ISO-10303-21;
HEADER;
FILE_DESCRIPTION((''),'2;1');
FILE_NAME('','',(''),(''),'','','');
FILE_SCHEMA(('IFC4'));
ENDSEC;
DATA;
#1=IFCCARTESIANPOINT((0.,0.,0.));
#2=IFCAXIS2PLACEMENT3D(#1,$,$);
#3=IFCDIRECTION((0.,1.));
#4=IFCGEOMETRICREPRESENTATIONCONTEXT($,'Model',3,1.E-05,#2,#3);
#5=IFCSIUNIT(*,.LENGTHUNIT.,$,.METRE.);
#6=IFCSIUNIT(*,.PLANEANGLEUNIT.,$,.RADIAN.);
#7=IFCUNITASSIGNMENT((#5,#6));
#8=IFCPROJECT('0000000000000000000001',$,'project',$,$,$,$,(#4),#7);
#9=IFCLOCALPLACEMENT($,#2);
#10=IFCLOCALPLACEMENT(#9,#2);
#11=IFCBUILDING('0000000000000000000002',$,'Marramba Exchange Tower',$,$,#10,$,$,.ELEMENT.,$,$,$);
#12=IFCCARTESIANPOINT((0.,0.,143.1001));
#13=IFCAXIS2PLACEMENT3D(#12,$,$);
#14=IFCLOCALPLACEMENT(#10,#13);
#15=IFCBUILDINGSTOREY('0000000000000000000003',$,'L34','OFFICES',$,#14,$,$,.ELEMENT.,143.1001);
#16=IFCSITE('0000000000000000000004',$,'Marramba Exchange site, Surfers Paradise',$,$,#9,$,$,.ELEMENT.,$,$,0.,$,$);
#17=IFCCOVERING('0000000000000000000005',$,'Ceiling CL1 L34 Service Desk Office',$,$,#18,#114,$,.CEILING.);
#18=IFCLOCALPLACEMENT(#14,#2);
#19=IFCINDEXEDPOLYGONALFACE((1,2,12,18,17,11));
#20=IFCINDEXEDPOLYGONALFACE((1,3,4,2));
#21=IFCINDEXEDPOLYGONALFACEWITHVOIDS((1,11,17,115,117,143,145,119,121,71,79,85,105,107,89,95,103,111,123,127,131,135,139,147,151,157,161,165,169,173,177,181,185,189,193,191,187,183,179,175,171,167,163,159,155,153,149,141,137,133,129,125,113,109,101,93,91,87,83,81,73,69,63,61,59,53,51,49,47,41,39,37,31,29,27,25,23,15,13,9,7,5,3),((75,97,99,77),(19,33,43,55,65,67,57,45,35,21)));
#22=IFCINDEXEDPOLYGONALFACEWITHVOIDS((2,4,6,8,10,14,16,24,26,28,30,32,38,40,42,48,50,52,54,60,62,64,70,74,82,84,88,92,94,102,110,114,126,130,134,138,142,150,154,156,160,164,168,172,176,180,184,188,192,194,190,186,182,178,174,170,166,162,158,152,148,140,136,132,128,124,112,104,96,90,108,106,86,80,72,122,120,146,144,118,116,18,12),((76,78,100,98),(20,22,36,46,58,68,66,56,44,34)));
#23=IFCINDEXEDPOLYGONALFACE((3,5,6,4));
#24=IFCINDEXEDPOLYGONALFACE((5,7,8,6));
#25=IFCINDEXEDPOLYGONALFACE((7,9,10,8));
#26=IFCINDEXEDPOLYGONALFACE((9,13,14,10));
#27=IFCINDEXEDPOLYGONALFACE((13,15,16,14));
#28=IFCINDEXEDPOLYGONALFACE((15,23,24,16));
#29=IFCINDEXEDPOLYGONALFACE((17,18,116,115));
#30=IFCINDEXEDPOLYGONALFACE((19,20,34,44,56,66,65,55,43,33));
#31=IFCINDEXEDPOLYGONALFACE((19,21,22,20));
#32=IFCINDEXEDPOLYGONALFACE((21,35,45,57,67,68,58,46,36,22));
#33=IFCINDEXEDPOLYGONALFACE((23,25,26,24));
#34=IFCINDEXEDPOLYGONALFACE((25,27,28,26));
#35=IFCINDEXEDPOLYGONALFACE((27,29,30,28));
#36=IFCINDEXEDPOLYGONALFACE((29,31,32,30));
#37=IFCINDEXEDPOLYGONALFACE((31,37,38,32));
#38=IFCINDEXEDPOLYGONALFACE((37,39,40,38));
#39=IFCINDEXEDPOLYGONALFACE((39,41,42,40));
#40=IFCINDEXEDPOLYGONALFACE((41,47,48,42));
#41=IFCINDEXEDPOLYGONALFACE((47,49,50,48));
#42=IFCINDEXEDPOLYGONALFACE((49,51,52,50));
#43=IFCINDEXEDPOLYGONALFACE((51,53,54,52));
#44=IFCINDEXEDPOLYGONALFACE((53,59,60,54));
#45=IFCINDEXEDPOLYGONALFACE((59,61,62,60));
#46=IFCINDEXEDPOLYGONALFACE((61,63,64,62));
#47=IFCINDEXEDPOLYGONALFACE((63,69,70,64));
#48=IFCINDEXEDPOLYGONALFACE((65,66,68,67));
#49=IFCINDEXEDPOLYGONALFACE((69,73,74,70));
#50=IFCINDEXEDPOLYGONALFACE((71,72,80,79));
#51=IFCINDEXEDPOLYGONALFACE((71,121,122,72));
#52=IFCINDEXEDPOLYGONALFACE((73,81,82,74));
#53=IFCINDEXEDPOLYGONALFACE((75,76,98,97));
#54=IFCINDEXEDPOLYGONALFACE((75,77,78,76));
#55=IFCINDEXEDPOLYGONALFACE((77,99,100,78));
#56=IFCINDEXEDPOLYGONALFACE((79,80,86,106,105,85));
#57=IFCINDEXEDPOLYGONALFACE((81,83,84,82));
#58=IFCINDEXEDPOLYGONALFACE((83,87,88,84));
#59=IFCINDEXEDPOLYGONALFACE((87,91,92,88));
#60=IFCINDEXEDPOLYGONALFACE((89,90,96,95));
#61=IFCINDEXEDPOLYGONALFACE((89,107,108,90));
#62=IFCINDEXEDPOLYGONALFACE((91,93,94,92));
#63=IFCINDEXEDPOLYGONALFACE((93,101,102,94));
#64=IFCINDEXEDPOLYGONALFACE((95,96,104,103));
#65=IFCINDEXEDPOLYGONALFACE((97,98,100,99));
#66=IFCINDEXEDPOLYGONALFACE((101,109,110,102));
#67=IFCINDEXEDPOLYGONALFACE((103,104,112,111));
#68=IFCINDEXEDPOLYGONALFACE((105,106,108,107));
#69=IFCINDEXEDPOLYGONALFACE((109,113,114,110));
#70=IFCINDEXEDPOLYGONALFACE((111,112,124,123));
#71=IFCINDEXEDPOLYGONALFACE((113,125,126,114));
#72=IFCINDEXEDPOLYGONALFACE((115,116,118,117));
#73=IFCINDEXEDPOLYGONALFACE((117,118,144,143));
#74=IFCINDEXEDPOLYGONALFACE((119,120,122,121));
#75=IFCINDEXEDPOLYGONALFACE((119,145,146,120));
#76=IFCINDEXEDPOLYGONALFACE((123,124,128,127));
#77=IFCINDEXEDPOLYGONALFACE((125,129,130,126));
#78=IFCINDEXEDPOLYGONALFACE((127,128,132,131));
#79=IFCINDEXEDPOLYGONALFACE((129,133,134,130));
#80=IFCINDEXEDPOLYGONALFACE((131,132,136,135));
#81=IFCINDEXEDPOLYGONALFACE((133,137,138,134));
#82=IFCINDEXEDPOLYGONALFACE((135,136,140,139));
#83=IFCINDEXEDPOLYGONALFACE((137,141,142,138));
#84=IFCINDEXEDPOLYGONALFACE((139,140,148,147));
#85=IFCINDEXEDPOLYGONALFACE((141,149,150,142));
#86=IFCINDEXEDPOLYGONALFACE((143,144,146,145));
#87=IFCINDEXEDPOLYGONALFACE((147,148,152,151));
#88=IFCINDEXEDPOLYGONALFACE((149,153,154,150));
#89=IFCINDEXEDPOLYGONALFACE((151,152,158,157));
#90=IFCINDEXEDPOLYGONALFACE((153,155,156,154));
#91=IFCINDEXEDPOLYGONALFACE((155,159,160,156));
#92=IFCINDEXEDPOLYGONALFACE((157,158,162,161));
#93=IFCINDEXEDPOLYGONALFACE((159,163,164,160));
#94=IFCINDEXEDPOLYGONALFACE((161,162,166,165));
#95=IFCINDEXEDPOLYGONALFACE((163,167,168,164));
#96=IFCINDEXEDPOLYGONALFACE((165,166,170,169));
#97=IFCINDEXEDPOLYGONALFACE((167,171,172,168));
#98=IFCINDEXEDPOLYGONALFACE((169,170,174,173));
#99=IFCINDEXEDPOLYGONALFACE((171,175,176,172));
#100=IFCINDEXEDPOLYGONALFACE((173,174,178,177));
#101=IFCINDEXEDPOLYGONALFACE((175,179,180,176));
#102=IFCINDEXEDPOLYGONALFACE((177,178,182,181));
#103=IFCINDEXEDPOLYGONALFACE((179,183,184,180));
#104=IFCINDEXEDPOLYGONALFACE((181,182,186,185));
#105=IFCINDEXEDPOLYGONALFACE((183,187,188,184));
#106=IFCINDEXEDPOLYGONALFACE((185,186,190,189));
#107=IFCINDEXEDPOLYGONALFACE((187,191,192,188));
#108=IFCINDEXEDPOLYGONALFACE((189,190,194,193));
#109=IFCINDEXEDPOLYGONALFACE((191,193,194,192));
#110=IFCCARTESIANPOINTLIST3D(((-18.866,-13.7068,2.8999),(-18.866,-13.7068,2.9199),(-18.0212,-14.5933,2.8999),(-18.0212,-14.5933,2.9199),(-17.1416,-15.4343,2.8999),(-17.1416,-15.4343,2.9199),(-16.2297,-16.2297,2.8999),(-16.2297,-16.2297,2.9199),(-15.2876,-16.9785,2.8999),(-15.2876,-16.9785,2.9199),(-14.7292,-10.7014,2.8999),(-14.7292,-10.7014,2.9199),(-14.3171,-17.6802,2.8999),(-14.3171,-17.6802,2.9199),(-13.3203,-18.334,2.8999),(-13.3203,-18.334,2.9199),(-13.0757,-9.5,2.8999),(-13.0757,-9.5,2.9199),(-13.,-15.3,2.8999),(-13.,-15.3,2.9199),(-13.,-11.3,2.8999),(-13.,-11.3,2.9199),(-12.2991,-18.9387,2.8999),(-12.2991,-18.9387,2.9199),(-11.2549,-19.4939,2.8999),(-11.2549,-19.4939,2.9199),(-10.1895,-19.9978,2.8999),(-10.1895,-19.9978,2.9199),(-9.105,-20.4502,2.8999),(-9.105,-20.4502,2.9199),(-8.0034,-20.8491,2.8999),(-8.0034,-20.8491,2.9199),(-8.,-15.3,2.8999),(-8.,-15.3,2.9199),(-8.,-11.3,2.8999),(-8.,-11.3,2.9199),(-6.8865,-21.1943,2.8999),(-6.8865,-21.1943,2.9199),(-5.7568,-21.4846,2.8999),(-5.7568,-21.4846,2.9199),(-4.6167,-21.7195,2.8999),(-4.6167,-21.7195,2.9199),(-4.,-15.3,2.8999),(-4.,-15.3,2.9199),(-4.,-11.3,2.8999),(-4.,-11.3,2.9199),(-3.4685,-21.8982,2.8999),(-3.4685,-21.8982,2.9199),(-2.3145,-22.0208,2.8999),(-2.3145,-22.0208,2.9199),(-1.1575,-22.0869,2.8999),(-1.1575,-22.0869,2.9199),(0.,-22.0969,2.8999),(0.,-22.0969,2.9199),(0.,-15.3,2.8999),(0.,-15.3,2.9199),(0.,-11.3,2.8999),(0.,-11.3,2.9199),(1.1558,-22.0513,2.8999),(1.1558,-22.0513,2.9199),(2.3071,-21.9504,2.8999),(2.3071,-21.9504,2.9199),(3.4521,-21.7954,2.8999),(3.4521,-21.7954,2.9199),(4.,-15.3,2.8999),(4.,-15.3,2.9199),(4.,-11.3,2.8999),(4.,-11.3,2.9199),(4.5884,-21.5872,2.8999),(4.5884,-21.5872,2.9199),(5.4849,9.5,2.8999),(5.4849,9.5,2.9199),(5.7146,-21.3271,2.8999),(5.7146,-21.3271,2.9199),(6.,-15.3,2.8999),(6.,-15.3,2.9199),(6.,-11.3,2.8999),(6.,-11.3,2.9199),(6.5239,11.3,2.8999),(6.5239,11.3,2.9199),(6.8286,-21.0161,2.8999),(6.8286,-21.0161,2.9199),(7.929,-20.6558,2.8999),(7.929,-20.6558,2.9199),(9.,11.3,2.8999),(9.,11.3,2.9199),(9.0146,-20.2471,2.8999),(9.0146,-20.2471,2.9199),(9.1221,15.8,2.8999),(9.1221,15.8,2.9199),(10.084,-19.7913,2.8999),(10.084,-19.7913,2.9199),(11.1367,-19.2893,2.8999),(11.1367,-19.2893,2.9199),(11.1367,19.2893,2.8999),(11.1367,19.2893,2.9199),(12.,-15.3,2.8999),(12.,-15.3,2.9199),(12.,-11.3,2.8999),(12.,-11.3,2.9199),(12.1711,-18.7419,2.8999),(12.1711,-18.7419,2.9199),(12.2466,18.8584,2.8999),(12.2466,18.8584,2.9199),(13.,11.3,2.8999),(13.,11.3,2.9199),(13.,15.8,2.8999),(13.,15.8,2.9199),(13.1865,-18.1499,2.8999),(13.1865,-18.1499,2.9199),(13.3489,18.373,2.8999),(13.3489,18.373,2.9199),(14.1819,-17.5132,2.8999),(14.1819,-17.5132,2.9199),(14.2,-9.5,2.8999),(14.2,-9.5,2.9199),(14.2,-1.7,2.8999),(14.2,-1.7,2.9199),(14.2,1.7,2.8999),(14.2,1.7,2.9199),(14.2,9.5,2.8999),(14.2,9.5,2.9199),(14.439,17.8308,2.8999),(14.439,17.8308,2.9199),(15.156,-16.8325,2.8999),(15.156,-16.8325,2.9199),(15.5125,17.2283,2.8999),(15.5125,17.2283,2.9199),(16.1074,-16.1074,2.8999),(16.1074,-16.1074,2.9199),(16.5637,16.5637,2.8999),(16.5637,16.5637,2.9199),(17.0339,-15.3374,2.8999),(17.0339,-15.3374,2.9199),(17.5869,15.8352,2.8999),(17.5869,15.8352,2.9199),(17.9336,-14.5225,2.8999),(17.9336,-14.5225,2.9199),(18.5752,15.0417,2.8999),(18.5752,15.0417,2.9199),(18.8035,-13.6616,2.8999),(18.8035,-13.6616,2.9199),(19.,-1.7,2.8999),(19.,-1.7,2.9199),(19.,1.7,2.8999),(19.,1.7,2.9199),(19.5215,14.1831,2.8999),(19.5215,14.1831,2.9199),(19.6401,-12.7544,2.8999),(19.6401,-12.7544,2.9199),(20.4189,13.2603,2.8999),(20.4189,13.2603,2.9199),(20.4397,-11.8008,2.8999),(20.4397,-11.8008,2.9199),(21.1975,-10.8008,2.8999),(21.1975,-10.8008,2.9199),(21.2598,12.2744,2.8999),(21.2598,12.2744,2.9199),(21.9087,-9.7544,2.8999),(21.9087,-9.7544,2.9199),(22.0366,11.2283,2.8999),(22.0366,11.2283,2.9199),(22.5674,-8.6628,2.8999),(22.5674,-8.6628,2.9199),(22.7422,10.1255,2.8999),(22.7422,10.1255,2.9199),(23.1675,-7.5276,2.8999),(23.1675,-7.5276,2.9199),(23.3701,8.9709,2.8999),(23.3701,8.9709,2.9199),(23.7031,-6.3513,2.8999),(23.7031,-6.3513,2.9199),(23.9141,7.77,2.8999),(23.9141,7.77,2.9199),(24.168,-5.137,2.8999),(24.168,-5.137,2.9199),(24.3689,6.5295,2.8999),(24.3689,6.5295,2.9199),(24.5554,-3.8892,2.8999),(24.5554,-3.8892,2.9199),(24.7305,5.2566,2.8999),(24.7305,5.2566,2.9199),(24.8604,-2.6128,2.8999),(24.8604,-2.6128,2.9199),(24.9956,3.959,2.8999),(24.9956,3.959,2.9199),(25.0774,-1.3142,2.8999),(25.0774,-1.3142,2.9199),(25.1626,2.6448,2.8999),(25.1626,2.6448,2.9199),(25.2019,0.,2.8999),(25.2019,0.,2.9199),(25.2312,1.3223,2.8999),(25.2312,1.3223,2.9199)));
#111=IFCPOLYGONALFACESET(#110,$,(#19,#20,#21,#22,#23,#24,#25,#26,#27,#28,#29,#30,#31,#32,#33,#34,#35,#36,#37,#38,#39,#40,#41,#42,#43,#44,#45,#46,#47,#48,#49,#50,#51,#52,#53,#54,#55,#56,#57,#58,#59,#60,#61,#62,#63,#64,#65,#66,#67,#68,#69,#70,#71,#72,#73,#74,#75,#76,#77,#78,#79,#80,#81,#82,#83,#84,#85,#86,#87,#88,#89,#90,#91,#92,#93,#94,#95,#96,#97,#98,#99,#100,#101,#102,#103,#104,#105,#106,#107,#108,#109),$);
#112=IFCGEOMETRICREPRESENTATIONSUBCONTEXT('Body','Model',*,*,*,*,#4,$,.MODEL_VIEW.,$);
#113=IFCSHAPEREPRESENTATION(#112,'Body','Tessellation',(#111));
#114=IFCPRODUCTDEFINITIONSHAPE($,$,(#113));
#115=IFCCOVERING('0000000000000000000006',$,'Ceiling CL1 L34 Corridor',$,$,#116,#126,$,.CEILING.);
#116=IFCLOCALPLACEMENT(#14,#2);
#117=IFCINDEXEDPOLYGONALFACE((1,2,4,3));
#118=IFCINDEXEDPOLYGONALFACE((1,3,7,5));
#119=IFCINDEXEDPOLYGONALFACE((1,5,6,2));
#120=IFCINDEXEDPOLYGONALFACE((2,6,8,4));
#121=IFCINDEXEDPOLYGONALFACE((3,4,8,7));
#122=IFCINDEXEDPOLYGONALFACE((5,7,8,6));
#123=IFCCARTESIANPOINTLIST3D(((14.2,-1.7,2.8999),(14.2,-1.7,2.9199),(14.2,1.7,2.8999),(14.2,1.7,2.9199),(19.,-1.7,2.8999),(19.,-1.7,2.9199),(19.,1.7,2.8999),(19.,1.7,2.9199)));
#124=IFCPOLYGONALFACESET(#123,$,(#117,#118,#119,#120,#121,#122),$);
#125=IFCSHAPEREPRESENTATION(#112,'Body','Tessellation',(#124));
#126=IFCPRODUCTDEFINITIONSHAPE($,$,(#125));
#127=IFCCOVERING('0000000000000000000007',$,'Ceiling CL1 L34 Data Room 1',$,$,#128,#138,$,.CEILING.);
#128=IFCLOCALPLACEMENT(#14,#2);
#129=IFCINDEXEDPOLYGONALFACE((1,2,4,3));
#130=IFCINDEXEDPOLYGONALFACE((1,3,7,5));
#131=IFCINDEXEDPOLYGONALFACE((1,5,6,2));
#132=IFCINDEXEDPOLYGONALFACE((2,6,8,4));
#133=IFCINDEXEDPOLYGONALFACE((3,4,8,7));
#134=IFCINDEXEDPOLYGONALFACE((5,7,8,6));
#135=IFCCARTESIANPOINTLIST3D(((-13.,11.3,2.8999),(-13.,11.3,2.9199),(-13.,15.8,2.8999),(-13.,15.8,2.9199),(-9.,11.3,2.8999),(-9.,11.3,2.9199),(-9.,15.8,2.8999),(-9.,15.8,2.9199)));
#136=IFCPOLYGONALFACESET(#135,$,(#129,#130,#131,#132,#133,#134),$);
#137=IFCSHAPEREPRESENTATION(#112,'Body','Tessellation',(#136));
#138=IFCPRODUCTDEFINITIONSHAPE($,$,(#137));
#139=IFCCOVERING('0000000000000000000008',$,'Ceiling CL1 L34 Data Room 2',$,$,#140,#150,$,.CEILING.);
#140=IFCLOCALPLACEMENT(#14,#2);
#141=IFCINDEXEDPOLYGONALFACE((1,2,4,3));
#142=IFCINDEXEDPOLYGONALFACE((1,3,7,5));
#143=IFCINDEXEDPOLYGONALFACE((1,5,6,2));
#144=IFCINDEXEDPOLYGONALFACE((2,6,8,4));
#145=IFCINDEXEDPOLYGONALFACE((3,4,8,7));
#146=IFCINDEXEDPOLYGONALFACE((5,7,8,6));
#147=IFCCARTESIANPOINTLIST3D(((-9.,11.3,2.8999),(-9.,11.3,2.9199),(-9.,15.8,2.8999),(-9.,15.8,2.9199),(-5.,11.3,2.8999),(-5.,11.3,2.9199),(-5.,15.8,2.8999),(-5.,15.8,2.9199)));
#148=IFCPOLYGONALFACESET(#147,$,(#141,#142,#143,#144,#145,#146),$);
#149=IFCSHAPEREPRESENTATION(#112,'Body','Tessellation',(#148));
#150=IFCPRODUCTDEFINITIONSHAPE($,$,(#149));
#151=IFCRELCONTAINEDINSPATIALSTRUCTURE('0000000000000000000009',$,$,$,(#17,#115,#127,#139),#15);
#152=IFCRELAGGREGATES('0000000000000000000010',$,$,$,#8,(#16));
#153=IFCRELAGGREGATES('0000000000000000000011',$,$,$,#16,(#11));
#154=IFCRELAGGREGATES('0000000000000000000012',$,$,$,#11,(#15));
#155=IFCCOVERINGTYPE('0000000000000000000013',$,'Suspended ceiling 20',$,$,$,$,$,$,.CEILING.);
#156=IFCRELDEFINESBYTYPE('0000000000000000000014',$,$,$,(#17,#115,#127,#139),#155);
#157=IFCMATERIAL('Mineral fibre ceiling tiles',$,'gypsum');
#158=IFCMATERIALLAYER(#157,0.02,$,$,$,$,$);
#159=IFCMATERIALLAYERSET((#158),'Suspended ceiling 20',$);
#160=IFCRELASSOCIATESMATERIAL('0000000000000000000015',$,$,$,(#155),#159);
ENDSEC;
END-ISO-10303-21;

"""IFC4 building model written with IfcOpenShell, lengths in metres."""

from ifc_helpers import new_model, si_unit, direction, frame, origin, place, context, subcontext, project, spatial, polyline, outline, extrude, material, layer, layer_set, type_object, element, save


model = new_model("IFC4")

# Units and contexts
model_context = context("Model", 3, precision=1e-05, world=origin(), true_north=direction((0.0, 1.0)))
body_context = subcontext(model_context, "Body", "Model", "MODEL_VIEW")
ifc_project = project(units=[si_unit("LENGTHUNIT", "METRE"), si_unit("PLANEANGLEUNIT", "RADIAN")], contexts=[model_context])

# Site, building, storey
site_placement = place(None, origin())
site = spatial("IfcSite", under=ifc_project, at=site_placement, Name="Marramba Exchange site, Surfers Paradise", CompositionType="ELEMENT", RefElevation=0.0)
building_placement = place(site_placement, origin())
building = spatial("IfcBuilding", under=site, at=building_placement, Name="Marramba Exchange Tower", CompositionType="ELEMENT")
storey_placement = place(building_placement, frame((0.0, 0.0, 143.1001)))
storey = spatial("IfcBuildingStorey", under=building, at=storey_placement, Name="L34", Description="OFFICES", CompositionType="ELEMENT", Elevation=143.1001)

# Coverings
ifc_material_1 = material(Name="Mineral fibre ceiling tiles", Category="gypsum")
ifc_layer_1 = layer(ifc_material_1, 0.02)
ifc_layer_set_1 = layer_set([ifc_layer_1], Name="Suspended ceiling 20")
covering_type = type_object("IfcCoveringType", Name="Suspended ceiling 20", PredefinedType="CEILING", material=ifc_layer_set_1)
covering_1_placement = place(storey_placement, frame((0.0, 0.0, 2.8999)))
element("IfcCovering", 1, at=covering_1_placement, inside=storey, type_object=covering_type, Name="Ceiling CL1 L34 Service Desk Office", PredefinedType="CEILING", context=body_context, shape_type="SweptSolid", body=[
    extrude(outline(polyline([(14.2, -9.5), (14.2, -1.7), (19.0, -1.7), (19.0, 1.7), (14.2, 1.7), (14.2, 9.5), (5.4849, 9.5), (6.5239, 11.3), (9.0, 11.3), (13.0, 11.3), (13.0, 15.8), (9.1221, 15.8), (11.1367, 19.2893), (12.2466, 18.8584), (13.3489, 18.373), (14.439, 17.8308), (15.5125, 17.2283), (16.5637, 16.5637), (17.5869, 15.8352), (18.5752, 15.0417), (19.5215, 14.1831), (20.4189, 13.2603), (21.2598, 12.2744), (22.0366, 11.2283), (22.7422, 10.1255), (23.3701, 8.9709), (23.9141, 7.77), (24.3689, 6.5295), (24.7305, 5.2566), (24.9956, 3.959), (25.1626, 2.6448), (25.2312, 1.3223), (25.2019, 0.0), (25.0774, -1.3142), (24.8604, -2.6128), (24.5554, -3.8892), (24.168, -5.137), (23.7031, -6.3513), (23.1675, -7.5276), (22.5674, -8.6628), (21.9087, -9.7544), (21.1975, -10.8008), (20.4397, -11.8008), (19.6401, -12.7544), (18.8035, -13.6616), (17.9336, -14.5225), (17.0339, -15.3374), (16.1074, -16.1074), (15.156, -16.8325), (14.1819, -17.5132), (13.1865, -18.1499), (12.1711, -18.7419), (11.1367, -19.2893), (10.084, -19.7913), (9.0146, -20.2471), (7.929, -20.6558), (6.8286, -21.0161), (5.7146, -21.3271), (4.5884, -21.5872), (3.4521, -21.7954), (2.3071, -21.9504), (1.1558, -22.0513), (0.0, -22.0969), (-1.1575, -22.0869), (-2.3145, -22.0208), (-3.4685, -21.8982), (-4.6167, -21.7195), (-5.7568, -21.4846), (-6.8865, -21.1943), (-8.0034, -20.8491), (-9.105, -20.4502), (-10.1895, -19.9978), (-11.2549, -19.4939), (-12.2991, -18.9387), (-13.3203, -18.334), (-14.3171, -17.6802), (-15.2876, -16.9785), (-16.2297, -16.2297), (-17.1416, -15.4343), (-18.0212, -14.5933), (-18.866, -13.7068), (-14.7292, -10.7014), (-13.0757, -9.5), (14.2, -9.5)]), holes=[polyline([(6.0, -11.3), (6.0, -15.3), (12.0, -15.3), (12.0, -11.3), (6.0, -11.3)]), polyline([(-13.0, -15.3), (-8.0, -15.3), (-4.0, -15.3), (0.0, -15.3), (4.0, -15.3), (4.0, -11.3), (0.0, -11.3), (-4.0, -11.3), (-8.0, -11.3), (-13.0, -11.3), (-13.0, -15.3)])]), origin(), (0.0, 0.0, 1.0), 0.02),
])
covering_2_placement = place(storey_placement, frame((0.0, 0.0, 2.8999)))
element("IfcCovering", 2, at=covering_2_placement, inside=storey, type_object=covering_type, Name="Ceiling CL1 L34 Corridor", PredefinedType="CEILING", context=body_context, shape_type="SweptSolid", body=[
    extrude(outline(polyline([(14.2, -1.7), (14.2, 1.7), (19.0, 1.7), (19.0, -1.7), (14.2, -1.7)])), origin(), (0.0, 0.0, 1.0), 0.02),
])
covering_3_placement = place(storey_placement, frame((0.0, 0.0, 2.8999)))
element("IfcCovering", 3, at=covering_3_placement, inside=storey, type_object=covering_type, Name="Ceiling CL1 L34 Data Room 1", PredefinedType="CEILING", context=body_context, shape_type="SweptSolid", body=[
    extrude(outline(polyline([(-9.0, 11.3), (-13.0, 11.3), (-13.0, 15.8), (-9.0, 15.8), (-9.0, 11.3)])), origin(), (0.0, 0.0, 1.0), 0.02),
])
covering_4_placement = place(storey_placement, frame((0.0, 0.0, 2.8999)))
element("IfcCovering", 4, at=covering_4_placement, inside=storey, type_object=covering_type, Name="Ceiling CL1 L34 Data Room 2", PredefinedType="CEILING", context=body_context, shape_type="SweptSolid", body=[
    extrude(outline(polyline([(-5.0, 11.3), (-9.0, 11.3), (-9.0, 15.8), (-5.0, 15.8), (-5.0, 11.3)])), origin(), (0.0, 0.0, 1.0), 0.02),
])

save(model, "model.ifc")
